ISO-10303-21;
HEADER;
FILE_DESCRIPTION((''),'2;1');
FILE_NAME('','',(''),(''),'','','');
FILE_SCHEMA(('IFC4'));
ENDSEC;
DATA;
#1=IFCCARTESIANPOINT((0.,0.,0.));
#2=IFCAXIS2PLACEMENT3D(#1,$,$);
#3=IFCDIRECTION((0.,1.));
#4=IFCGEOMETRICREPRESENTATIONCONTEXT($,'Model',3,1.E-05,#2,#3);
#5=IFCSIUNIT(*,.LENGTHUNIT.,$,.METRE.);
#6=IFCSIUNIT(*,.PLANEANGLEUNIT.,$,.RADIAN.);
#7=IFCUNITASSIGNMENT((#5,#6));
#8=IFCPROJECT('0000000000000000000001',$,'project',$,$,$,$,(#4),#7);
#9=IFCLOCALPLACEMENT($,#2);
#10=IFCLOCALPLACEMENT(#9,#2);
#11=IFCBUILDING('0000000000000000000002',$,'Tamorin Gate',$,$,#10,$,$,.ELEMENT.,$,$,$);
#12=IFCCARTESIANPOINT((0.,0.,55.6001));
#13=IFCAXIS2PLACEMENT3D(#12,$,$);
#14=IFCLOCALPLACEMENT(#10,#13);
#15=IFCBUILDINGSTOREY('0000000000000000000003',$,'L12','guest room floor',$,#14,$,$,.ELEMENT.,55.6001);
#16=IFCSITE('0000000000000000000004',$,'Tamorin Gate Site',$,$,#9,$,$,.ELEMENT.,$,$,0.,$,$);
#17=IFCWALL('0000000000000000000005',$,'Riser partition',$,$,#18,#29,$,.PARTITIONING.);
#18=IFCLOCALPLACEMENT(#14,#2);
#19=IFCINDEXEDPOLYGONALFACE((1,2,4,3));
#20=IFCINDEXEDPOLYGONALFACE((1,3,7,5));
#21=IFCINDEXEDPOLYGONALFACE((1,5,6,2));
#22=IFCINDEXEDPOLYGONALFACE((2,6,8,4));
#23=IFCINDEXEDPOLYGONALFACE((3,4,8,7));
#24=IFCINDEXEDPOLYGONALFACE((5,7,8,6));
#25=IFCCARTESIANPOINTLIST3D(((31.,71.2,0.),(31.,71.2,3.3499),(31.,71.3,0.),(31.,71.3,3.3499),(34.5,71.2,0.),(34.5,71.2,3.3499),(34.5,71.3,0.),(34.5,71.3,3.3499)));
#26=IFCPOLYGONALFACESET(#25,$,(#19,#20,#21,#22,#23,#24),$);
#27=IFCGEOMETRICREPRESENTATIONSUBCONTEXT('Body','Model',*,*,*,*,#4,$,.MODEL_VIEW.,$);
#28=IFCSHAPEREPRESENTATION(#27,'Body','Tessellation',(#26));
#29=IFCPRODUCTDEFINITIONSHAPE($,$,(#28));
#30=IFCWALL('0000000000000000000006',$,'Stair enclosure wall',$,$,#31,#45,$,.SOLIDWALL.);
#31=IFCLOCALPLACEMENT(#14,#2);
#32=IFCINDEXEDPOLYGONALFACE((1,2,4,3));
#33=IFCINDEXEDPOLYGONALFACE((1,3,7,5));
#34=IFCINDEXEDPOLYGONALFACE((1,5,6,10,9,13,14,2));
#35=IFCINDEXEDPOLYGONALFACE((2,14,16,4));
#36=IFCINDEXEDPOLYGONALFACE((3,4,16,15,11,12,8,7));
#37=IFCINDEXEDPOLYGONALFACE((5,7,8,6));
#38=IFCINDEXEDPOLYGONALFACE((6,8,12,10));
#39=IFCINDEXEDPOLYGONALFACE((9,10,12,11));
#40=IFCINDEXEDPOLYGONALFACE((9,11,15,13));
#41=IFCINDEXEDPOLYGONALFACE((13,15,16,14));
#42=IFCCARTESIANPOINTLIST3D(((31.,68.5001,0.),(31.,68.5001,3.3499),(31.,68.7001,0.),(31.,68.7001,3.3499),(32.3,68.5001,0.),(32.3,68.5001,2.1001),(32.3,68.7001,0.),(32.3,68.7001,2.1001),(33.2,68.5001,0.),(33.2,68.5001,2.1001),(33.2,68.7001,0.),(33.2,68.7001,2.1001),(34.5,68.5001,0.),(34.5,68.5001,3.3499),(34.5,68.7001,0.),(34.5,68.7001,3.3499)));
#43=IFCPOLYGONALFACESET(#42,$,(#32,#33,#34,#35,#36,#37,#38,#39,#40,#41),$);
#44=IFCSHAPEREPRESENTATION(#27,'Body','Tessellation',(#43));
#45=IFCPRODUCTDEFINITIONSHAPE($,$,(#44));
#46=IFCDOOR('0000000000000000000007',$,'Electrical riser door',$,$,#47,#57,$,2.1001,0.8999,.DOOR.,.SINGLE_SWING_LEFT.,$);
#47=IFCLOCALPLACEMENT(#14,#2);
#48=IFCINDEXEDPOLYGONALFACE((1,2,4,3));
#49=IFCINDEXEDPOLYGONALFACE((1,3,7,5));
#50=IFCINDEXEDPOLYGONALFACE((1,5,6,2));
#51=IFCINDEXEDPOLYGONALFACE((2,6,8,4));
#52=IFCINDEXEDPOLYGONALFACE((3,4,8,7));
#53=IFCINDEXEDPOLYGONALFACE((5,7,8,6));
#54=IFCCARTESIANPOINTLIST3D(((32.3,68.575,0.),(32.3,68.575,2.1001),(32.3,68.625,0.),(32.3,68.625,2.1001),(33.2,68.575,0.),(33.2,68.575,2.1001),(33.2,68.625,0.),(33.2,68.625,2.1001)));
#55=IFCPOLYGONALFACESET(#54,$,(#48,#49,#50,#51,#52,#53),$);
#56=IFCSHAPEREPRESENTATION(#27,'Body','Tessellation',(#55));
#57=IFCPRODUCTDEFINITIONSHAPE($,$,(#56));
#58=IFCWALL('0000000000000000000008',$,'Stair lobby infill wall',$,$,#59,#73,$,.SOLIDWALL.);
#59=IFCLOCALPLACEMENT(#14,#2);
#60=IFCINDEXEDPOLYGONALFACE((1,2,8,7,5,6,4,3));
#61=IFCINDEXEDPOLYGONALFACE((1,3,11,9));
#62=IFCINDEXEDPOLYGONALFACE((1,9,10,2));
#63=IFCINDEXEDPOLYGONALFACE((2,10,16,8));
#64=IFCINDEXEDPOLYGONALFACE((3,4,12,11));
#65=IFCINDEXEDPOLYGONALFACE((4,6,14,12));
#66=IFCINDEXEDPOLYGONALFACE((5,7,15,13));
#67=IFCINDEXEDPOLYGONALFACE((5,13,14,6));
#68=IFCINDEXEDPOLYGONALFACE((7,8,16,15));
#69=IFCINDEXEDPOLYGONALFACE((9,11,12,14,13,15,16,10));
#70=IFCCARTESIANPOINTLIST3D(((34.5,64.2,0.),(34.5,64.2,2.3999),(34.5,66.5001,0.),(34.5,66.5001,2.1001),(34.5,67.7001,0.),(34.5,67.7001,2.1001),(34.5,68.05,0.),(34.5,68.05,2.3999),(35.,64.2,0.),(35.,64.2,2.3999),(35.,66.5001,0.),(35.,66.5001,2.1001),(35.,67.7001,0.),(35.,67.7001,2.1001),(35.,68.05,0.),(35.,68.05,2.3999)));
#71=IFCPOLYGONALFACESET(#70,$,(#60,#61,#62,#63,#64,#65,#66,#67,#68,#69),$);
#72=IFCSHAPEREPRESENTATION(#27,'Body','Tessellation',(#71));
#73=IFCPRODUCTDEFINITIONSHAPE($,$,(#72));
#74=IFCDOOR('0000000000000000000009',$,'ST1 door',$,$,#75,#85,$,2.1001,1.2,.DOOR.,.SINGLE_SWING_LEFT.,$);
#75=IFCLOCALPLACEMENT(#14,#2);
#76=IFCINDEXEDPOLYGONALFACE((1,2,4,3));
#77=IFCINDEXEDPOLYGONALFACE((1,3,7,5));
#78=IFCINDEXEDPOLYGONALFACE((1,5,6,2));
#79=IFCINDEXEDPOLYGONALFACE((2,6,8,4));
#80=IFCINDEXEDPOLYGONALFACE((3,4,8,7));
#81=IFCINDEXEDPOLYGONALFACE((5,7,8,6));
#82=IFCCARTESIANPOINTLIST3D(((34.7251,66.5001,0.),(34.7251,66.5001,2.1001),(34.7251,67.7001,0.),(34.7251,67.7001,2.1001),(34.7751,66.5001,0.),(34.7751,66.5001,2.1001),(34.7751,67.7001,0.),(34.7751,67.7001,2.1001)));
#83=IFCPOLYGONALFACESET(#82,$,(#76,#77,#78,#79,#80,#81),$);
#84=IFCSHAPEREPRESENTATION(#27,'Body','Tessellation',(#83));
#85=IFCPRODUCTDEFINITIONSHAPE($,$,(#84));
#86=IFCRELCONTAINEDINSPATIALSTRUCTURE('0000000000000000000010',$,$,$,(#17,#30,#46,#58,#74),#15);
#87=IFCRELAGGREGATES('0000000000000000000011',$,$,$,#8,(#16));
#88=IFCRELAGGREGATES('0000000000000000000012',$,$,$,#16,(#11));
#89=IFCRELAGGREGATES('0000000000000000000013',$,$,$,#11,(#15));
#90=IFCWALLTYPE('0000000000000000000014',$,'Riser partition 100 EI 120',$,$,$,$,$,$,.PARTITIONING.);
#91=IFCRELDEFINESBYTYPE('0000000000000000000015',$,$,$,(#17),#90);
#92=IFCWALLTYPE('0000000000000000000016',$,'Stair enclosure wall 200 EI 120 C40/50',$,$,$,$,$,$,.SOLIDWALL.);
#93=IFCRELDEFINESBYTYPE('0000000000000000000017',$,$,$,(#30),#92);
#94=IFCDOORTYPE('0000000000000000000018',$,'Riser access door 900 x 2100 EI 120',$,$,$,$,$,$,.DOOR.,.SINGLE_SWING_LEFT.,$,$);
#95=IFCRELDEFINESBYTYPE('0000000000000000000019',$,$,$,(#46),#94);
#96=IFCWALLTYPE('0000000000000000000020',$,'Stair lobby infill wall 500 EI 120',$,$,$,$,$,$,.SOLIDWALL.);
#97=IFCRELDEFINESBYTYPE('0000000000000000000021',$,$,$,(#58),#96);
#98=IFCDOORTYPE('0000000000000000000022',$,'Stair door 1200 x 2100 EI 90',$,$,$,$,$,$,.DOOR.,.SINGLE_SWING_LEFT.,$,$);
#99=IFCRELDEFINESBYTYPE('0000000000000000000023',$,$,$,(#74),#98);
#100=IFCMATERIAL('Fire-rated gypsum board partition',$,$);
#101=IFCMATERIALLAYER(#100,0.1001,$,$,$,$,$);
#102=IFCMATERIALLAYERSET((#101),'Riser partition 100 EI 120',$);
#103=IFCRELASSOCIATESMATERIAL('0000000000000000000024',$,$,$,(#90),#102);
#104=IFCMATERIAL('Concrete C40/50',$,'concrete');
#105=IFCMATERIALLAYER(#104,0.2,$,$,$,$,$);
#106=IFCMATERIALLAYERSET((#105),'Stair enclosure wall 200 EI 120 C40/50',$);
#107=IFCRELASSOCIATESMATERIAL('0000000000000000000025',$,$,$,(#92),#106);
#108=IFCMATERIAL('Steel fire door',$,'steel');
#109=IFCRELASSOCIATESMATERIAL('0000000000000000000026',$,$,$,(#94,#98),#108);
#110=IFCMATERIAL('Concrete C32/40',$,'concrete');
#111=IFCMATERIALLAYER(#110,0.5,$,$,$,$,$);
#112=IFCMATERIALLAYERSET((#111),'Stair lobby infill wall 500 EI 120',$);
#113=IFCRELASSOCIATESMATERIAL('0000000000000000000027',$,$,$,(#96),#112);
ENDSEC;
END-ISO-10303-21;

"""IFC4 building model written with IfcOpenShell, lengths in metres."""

from ifc_helpers import new_model, si_unit, direction, frame, frame_2d, origin, place, context, subcontext, project, spatial, rectangle, extrude, material, layer, layer_set, type_object, element, fill, save


model = new_model("IFC4")

# Units and contexts
model_context = context("Model", 3, precision=1e-05, world=origin(), true_north=direction((0.0, 1.0)))
body_context = subcontext(model_context, "Body", "Model", "MODEL_VIEW")
ifc_project = project(units=[si_unit("LENGTHUNIT", "METRE"), si_unit("PLANEANGLEUNIT", "RADIAN")], contexts=[model_context])

# Site, building, storey
site_placement = place(None, origin())
site = spatial("IfcSite", under=ifc_project, at=site_placement, Name="Tamorin Gate Site", CompositionType="ELEMENT", RefElevation=0.0)
building_placement = place(site_placement, origin())
building = spatial("IfcBuilding", under=site, at=building_placement, Name="Tamorin Gate", CompositionType="ELEMENT")
storey_placement = place(building_placement, frame((0.0, 0.0, 55.6001)))
storey = spatial("IfcBuildingStorey", under=building, at=storey_placement, Name="L12", Description="guest room floor", CompositionType="ELEMENT", Elevation=55.6001)

# Shared definitions
ifc_material_1 = material(Name="Concrete C32/40", Category="concrete")

# Wall
ifc_material_2 = material(Name="Fire-rated gypsum board partition")
ifc_layer_1 = layer(ifc_material_2, 0.1001)
ifc_layer_set_1 = layer_set([ifc_layer_1], Name="Riser partition 100 EI 120")
wall_type_1 = type_object("IfcWallType", Name="Riser partition 100 EI 120", PredefinedType="PARTITIONING", material=ifc_layer_set_1)
wall_1_placement = place(storey_placement, frame((31.0, 71.25, 0.0), z_axis=(0.0, 0.0, 1.0), x_axis=(1.0, 0.0, 0.0)))
element("IfcWall", 1, at=wall_1_placement, inside=storey, type_object=wall_type_1, Name="Riser partition", PredefinedType="PARTITIONING", context=body_context, shape_type="SweptSolid", body=[
    extrude(rectangle(XDim=3.5, YDim=0.1001, at=frame_2d((1.75, 0.0))), origin(), (0.0, 0.0, 1.0), 3.3499),
])

# Walls, openings, doors
ifc_material_3 = material(Name="Concrete C40/50", Category="concrete")
ifc_layer_2 = layer(ifc_material_3, 0.2)
ifc_layer_set_2 = layer_set([ifc_layer_2], Name="Stair enclosure wall 200 EI 120 C40/50")
wall_type_2 = type_object("IfcWallType", Name="Stair enclosure wall 200 EI 120 C40/50", PredefinedType="SOLIDWALL", material=ifc_layer_set_2)
wall_2_placement = place(storey_placement, frame((31.0, 68.6001, 0.0), z_axis=(0.0, 0.0, 1.0), x_axis=(1.0, 0.0, 0.0)))
wall_2 = element("IfcWall", 2, at=wall_2_placement, inside=storey, type_object=wall_type_2, Name="Stair enclosure wall", PredefinedType="SOLIDWALL", context=body_context, shape_type="SweptSolid", body=[
    extrude(rectangle(XDim=3.5, YDim=0.2, at=frame_2d((1.75, 0.0))), origin(), (0.0, 0.0, 1.0), 3.3499),
])
opening_1_placement = place(wall_2_placement, frame((1.3, 0.0, 0.0)))
opening_1 = element("IfcOpeningElement", 3, at=opening_1_placement, cuts=wall_2, PredefinedType="OPENING", context=body_context, shape_type="SweptSolid", body=[
    extrude(rectangle(XDim=0.8999, YDim=2.1001, at=frame_2d((0.45, 1.05))), frame((0.0, 0.1099, 0.0), z_axis=(0.0, -1.0, 0.0), x_axis=(1.0, 0.0, 0.0)), (0.0, 0.0, 1.0), 0.22),
])
ifc_material_4 = material(Name="Steel fire door", Category="steel")
door_type_1 = type_object("IfcDoorType", Name="Riser access door 900 x 2100 EI 120", OperationType="SINGLE_SWING_LEFT", PredefinedType="DOOR", material=ifc_material_4)
door_1_placement = place(opening_1_placement, origin())
door_1 = element("IfcDoor", 4, at=door_1_placement, inside=storey, type_object=door_type_1, Name="Electrical riser door", OperationType="SINGLE_SWING_LEFT", OverallHeight=2.1001, OverallWidth=0.8999, PredefinedType="DOOR", context=body_context, shape_type="SweptSolid", body=[
    extrude(rectangle(XDim=0.8999, YDim=2.1001, at=frame_2d((0.45, 1.05))), frame((0.0, 0.0249, 0.0), z_axis=(0.0, -1.0, 0.0), x_axis=(1.0, 0.0, 0.0)), (0.0, 0.0, 1.0), 0.05),
])
fill(opening_1, door_1)
ifc_layer_3 = layer(ifc_material_1, 0.5)
ifc_layer_set_3 = layer_set([ifc_layer_3], Name="Stair lobby infill wall 500 EI 120")
wall_type_3 = type_object("IfcWallType", Name="Stair lobby infill wall 500 EI 120", PredefinedType="SOLIDWALL", material=ifc_layer_set_3)
wall_3_placement = place(storey_placement, frame((34.75, 64.2, 0.0), z_axis=(0.0, 0.0, 1.0), x_axis=(0.0, 1.0, 0.0)))
wall_3 = element("IfcWall", 5, at=wall_3_placement, inside=storey, type_object=wall_type_3, Name="Stair lobby infill wall", PredefinedType="SOLIDWALL", context=body_context, shape_type="SweptSolid", body=[
    extrude(rectangle(XDim=3.8501, YDim=0.5, at=frame_2d((1.925, 0.0))), origin(), (0.0, 0.0, 1.0), 2.3999),
])
opening_2_placement = place(wall_3_placement, frame((2.3, 0.0, 0.0)))
opening_2 = element("IfcOpeningElement", 6, at=opening_2_placement, cuts=wall_3, PredefinedType="OPENING", context=body_context, shape_type="SweptSolid", body=[
    extrude(rectangle(XDim=1.2, YDim=2.1001, at=frame_2d((0.6001, 1.05))), frame((0.0, 0.26, 0.0), z_axis=(0.0, -1.0, 0.0), x_axis=(1.0, 0.0, 0.0)), (0.0, 0.0, 1.0), 0.52),
])
door_type_2 = type_object("IfcDoorType", Name="Stair door 1200 x 2100 EI 90", OperationType="SINGLE_SWING_LEFT", PredefinedType="DOOR", material=ifc_material_4)
door_2_placement = place(opening_2_placement, origin())
door_2 = element("IfcDoor", 7, at=door_2_placement, inside=storey, type_object=door_type_2, Name="ST1 door", OperationType="SINGLE_SWING_LEFT", OverallHeight=2.1001, OverallWidth=1.2, PredefinedType="DOOR", context=body_context, shape_type="SweptSolid", body=[
    extrude(rectangle(XDim=1.2, YDim=2.1001, at=frame_2d((0.6001, 1.05))), frame((0.0, 0.0249, 0.0), z_axis=(0.0, -1.0, 0.0), x_axis=(1.0, 0.0, 0.0)), (0.0, 0.0, 1.0), 0.05),
])
fill(opening_2, door_2)

save(model, "model.ifc")
